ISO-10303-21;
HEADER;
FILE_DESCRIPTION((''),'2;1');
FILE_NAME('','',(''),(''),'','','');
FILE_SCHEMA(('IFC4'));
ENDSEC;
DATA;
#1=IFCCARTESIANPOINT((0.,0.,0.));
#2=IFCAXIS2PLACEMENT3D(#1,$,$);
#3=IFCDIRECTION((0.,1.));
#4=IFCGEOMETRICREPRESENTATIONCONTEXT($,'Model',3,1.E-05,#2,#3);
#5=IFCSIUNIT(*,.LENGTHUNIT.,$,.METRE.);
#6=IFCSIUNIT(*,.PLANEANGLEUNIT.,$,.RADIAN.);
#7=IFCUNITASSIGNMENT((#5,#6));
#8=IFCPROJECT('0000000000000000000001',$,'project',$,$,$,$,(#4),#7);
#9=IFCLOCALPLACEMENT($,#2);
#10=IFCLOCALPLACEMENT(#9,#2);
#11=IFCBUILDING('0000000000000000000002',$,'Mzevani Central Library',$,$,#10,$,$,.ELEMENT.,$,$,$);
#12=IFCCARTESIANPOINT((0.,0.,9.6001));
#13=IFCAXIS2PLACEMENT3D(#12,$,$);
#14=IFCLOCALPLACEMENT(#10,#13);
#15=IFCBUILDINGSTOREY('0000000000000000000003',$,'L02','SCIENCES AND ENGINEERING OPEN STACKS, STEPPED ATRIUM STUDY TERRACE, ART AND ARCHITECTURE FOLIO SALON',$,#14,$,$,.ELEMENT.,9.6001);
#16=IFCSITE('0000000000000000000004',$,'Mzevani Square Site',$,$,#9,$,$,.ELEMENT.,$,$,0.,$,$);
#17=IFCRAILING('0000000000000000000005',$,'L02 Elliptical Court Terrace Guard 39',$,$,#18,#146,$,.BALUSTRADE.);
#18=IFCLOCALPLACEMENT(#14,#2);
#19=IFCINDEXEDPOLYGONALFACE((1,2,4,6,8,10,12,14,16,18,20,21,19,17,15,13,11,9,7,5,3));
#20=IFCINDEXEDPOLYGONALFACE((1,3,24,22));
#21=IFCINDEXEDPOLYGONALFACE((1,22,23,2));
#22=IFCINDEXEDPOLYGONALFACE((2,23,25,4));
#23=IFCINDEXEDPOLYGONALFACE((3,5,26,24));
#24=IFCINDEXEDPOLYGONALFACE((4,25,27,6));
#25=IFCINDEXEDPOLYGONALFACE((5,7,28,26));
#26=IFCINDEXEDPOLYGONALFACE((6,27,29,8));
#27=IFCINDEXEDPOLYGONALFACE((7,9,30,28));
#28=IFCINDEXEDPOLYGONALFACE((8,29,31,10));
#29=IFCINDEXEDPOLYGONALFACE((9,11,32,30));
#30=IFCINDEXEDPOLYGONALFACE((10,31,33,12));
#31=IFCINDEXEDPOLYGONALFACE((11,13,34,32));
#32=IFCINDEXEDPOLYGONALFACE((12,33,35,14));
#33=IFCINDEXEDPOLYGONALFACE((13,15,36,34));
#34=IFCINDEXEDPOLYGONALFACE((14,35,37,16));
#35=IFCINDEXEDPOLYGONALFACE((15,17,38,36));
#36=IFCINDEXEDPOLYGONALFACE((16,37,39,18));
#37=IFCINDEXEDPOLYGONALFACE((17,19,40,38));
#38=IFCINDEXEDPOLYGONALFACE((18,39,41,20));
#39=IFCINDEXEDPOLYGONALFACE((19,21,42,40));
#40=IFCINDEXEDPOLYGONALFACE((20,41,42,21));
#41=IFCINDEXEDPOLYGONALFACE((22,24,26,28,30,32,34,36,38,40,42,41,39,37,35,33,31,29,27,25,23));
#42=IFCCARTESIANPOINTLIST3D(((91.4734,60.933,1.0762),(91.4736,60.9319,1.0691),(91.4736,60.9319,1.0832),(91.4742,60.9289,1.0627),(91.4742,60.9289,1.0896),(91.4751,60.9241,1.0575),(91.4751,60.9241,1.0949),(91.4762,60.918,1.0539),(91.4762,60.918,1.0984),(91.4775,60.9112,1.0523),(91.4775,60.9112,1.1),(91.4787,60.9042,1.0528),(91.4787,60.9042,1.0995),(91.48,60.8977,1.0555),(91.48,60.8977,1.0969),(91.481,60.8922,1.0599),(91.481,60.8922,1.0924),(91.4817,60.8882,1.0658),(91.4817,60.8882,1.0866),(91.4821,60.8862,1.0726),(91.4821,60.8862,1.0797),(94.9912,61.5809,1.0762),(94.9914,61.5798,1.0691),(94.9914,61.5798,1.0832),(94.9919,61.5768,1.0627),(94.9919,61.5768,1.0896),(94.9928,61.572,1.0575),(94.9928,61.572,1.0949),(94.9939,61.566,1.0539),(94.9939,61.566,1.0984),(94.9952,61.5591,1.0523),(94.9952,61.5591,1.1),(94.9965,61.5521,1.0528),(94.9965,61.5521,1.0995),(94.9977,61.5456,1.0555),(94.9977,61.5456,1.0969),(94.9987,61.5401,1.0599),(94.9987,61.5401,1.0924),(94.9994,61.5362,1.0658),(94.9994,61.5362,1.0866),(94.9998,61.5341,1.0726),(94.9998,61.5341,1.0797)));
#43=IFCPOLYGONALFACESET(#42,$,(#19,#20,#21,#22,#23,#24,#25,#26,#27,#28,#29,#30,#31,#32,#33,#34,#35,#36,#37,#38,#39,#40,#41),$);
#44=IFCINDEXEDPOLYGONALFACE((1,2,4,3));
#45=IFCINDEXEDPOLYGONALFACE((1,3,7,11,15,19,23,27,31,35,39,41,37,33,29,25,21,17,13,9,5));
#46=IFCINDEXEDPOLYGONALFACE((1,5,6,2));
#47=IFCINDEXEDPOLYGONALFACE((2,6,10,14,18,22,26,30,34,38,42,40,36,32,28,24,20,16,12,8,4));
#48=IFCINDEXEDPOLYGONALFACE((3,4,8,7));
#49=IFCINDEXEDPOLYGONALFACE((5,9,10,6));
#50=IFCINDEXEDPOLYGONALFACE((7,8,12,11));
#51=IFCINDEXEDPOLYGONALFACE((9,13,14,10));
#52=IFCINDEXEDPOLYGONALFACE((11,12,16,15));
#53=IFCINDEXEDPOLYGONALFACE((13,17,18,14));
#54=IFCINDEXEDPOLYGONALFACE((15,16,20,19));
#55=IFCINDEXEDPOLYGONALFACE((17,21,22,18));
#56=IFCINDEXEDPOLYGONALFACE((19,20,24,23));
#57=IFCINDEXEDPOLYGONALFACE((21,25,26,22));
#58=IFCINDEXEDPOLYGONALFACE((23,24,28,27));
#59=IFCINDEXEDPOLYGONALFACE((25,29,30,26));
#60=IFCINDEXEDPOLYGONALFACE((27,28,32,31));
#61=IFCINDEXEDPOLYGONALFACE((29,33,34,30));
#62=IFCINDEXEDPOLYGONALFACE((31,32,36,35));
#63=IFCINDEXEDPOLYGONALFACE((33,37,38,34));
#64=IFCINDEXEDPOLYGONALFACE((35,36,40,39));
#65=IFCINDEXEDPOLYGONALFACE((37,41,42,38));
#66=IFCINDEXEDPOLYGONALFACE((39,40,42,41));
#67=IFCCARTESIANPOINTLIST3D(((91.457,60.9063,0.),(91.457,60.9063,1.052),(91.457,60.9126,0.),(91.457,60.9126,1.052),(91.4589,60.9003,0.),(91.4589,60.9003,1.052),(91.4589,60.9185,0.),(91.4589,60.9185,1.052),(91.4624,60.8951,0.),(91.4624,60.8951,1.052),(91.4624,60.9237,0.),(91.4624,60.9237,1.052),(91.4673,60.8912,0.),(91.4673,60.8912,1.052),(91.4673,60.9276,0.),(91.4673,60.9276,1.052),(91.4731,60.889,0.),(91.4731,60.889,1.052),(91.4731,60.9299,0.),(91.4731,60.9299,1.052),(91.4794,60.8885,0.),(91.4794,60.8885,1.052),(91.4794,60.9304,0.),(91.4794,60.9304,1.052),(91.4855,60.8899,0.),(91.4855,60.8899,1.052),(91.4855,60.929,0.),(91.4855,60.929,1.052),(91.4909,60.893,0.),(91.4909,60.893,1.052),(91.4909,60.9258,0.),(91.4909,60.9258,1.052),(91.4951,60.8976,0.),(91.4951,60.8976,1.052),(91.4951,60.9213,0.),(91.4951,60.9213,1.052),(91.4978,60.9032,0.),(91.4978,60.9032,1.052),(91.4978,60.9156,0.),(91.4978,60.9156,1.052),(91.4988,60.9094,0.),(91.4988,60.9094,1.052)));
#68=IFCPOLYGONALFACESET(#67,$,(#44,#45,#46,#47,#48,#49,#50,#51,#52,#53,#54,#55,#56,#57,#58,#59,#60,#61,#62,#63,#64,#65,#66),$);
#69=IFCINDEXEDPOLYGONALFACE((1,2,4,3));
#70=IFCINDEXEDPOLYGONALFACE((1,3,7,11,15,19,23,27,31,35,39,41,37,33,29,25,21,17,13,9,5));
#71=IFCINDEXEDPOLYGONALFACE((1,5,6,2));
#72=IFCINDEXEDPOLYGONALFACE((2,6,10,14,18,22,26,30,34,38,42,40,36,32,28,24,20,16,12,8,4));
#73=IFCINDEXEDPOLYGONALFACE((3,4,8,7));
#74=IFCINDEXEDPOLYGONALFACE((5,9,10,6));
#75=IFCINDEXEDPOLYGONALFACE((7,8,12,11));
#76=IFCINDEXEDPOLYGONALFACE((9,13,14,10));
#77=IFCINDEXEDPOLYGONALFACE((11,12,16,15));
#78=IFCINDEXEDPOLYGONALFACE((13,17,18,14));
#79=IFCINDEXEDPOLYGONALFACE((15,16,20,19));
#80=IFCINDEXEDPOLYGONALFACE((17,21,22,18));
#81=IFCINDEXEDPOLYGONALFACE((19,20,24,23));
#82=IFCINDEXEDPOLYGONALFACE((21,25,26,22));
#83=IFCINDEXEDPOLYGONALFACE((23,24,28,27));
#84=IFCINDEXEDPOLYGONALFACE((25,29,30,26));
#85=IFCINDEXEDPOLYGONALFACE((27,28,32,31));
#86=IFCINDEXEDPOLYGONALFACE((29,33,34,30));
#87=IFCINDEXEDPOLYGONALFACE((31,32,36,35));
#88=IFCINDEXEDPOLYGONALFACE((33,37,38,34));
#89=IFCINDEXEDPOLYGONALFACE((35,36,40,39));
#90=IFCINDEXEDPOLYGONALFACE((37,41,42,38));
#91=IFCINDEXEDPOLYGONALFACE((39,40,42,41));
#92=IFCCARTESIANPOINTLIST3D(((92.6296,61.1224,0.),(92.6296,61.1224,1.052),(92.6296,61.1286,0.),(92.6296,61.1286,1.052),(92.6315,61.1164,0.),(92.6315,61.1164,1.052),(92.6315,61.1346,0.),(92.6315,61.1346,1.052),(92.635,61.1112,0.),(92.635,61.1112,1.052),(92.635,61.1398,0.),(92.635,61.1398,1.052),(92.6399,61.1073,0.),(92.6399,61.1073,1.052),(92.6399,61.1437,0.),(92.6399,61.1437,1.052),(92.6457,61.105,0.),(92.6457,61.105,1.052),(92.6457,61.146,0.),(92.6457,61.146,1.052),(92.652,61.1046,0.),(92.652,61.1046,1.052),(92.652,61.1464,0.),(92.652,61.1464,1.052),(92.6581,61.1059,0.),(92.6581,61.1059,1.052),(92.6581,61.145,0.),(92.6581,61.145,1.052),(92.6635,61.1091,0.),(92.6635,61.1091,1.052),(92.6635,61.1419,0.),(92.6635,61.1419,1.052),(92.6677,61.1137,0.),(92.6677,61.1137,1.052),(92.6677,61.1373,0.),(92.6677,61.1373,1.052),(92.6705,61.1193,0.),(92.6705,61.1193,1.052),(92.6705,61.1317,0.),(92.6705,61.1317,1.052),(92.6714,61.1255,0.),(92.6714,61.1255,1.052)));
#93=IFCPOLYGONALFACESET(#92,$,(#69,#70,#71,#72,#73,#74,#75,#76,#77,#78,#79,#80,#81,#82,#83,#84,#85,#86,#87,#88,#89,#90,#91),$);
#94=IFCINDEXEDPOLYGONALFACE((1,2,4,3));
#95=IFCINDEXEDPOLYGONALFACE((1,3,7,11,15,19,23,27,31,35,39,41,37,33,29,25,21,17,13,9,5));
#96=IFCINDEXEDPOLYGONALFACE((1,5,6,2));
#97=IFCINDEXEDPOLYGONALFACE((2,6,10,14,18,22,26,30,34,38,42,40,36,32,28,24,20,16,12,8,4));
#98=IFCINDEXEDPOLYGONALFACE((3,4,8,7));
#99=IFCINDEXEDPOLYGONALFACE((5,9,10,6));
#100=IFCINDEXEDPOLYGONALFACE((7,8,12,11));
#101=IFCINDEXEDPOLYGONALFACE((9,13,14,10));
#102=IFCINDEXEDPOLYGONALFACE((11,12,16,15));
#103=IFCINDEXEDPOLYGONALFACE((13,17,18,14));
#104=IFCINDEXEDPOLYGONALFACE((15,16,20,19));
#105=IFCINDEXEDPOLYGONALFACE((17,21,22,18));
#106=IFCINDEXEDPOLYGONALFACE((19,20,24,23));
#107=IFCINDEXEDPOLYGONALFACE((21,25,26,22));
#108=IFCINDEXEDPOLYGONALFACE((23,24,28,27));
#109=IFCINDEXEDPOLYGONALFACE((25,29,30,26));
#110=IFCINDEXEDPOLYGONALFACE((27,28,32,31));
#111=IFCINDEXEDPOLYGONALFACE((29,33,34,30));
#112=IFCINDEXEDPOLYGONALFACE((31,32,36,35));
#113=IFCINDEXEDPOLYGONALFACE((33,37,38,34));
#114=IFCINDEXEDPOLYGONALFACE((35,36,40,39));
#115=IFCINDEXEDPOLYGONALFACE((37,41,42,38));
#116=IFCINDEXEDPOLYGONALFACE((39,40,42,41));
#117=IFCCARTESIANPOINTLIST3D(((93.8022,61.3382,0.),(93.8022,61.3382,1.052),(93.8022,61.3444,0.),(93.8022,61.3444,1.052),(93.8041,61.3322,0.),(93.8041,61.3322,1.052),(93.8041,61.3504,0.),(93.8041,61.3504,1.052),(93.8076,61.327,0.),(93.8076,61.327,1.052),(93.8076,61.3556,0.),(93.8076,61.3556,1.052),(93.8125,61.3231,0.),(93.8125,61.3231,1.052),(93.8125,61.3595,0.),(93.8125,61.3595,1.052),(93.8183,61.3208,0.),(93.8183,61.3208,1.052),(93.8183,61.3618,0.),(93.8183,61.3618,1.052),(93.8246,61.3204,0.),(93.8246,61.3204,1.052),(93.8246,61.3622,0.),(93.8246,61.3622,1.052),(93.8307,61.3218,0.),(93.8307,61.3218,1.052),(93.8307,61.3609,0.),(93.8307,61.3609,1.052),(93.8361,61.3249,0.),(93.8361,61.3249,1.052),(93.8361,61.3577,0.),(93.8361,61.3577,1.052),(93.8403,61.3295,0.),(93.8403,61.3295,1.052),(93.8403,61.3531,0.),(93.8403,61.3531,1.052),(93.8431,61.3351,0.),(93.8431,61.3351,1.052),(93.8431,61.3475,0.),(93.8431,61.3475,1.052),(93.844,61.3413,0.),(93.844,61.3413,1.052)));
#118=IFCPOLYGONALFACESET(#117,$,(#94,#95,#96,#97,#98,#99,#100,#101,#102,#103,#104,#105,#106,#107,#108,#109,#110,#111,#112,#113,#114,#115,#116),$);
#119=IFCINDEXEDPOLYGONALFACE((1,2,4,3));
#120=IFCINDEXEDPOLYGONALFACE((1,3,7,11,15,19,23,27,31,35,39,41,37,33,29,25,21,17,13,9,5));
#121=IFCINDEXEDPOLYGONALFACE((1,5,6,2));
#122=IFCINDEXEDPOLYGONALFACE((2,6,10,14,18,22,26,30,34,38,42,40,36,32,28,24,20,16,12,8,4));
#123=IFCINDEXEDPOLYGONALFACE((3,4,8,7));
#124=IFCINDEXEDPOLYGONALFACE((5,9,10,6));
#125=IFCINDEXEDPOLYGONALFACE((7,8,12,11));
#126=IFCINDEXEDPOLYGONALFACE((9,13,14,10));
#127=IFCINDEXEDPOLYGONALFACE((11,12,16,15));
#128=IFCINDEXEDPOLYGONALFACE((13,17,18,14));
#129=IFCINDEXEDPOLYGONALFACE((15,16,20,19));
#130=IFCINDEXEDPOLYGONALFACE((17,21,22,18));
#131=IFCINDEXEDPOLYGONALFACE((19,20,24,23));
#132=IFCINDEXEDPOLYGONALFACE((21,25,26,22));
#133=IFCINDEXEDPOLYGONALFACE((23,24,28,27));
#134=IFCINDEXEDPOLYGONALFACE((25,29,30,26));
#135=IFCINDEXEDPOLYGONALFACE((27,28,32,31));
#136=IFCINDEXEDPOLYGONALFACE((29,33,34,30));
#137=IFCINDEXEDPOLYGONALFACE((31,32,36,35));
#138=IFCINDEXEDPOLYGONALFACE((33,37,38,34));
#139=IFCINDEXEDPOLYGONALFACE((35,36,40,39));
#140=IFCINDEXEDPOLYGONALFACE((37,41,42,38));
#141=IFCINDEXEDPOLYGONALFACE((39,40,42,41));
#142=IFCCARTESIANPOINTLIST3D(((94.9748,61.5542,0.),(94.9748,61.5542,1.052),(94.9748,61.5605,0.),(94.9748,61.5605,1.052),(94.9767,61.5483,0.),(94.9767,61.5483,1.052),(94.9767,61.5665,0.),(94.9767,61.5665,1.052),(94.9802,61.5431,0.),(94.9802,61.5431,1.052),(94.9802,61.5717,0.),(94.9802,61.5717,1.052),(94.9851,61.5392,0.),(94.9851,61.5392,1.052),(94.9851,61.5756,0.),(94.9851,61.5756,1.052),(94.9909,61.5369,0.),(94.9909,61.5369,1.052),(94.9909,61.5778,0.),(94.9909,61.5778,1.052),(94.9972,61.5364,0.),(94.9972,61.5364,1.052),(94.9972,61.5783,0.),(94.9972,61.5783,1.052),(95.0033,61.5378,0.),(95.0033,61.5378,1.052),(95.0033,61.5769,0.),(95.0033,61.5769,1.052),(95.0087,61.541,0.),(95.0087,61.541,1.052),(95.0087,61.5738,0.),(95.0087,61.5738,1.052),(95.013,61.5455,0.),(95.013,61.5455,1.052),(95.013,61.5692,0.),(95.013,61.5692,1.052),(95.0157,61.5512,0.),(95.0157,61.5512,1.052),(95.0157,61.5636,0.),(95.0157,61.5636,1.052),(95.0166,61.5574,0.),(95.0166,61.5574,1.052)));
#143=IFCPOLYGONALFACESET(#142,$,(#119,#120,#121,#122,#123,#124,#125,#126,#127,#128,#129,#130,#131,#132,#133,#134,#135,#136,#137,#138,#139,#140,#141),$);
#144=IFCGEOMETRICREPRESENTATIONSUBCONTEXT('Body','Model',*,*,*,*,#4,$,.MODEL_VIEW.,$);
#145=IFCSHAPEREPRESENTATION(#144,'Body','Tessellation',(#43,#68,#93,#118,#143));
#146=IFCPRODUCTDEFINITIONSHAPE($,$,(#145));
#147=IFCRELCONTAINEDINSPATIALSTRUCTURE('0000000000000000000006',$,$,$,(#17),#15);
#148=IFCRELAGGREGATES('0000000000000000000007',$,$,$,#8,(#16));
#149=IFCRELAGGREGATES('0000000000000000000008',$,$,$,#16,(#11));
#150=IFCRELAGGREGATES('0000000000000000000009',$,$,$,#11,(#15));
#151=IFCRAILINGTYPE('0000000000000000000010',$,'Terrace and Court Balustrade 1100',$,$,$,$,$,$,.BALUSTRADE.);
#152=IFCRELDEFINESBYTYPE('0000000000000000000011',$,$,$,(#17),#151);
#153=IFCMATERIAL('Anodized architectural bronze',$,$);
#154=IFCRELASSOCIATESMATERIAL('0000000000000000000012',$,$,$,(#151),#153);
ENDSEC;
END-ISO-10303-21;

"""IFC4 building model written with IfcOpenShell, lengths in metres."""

from ifc_helpers import new_model, si_unit, direction, frame, origin, origin_2d, place, context, subcontext, project, spatial, circle, extrude, material, type_object, element, save


model = new_model("IFC4")

# Units and contexts
model_context = context("Model", 3, precision=1e-05, world=origin(), true_north=direction((0.0, 1.0)))
body_context = subcontext(model_context, "Body", "Model", "MODEL_VIEW")
ifc_project = project(units=[si_unit("LENGTHUNIT", "METRE"), si_unit("PLANEANGLEUNIT", "RADIAN")], contexts=[model_context])

# Site, building, storey
site_placement = place(None, origin())
site = spatial("IfcSite", under=ifc_project, at=site_placement, Name="Mzevani Square Site", CompositionType="ELEMENT", RefElevation=0.0)
building_placement = place(site_placement, origin())
building = spatial("IfcBuilding", under=site, at=building_placement, Name="Mzevani Central Library", CompositionType="ELEMENT")
storey_placement = place(building_placement, frame((0.0, 0.0, 9.6001)))
storey = spatial("IfcBuildingStorey", under=building, at=storey_placement, Name="L02", Description="SCIENCES AND ENGINEERING OPEN STACKS, STEPPED ATRIUM STUDY TERRACE, ART AND ARCHITECTURE FOLIO SALON", CompositionType="ELEMENT", Elevation=9.6001)

# Railing
ifc_material_1 = material(Name="Anodized architectural bronze")
railing_type = type_object("IfcRailingType", Name="Terrace and Court Balustrade 1100", PredefinedType="BALUSTRADE", material=ifc_material_1)
railing_1_placement = place(storey_placement, frame((91.4778, 60.9094, 0.0)))
element("IfcRailing", 1, at=railing_1_placement, inside=storey, type_object=railing_type, Name="L02 Elliptical Court Terrace Guard 39", PredefinedType="BALUSTRADE", context=body_context, shape_type="SweptSolid", body=[
    extrude(circle(Radius=0.0239, at=origin_2d()), frame((0.0, 0.0, 1.0762), z_axis=(0.983457, 0.181143, 0.0), x_axis=(-0.181143, 0.983457, 0.0)), (0.0, 0.0, 1.0), 3.5769),
    extrude(circle(Radius=0.021, at=origin_2d()), origin(), (0.0, 0.0, 1.0), 1.052),
    extrude(circle(Radius=0.021, at=origin_2d()), frame((1.1726, 0.2161, 0.0)), (0.0, 0.0, 1.0), 1.052),
    extrude(circle(Radius=0.021, at=origin_2d()), frame((2.3452, 0.4319, 0.0)), (0.0, 0.0, 1.0), 1.052),
    extrude(circle(Radius=0.021, at=origin_2d()), frame((3.5178, 0.6479, 0.0)), (0.0, 0.0, 1.0), 1.052),
])

save(model, "model.ifc")
